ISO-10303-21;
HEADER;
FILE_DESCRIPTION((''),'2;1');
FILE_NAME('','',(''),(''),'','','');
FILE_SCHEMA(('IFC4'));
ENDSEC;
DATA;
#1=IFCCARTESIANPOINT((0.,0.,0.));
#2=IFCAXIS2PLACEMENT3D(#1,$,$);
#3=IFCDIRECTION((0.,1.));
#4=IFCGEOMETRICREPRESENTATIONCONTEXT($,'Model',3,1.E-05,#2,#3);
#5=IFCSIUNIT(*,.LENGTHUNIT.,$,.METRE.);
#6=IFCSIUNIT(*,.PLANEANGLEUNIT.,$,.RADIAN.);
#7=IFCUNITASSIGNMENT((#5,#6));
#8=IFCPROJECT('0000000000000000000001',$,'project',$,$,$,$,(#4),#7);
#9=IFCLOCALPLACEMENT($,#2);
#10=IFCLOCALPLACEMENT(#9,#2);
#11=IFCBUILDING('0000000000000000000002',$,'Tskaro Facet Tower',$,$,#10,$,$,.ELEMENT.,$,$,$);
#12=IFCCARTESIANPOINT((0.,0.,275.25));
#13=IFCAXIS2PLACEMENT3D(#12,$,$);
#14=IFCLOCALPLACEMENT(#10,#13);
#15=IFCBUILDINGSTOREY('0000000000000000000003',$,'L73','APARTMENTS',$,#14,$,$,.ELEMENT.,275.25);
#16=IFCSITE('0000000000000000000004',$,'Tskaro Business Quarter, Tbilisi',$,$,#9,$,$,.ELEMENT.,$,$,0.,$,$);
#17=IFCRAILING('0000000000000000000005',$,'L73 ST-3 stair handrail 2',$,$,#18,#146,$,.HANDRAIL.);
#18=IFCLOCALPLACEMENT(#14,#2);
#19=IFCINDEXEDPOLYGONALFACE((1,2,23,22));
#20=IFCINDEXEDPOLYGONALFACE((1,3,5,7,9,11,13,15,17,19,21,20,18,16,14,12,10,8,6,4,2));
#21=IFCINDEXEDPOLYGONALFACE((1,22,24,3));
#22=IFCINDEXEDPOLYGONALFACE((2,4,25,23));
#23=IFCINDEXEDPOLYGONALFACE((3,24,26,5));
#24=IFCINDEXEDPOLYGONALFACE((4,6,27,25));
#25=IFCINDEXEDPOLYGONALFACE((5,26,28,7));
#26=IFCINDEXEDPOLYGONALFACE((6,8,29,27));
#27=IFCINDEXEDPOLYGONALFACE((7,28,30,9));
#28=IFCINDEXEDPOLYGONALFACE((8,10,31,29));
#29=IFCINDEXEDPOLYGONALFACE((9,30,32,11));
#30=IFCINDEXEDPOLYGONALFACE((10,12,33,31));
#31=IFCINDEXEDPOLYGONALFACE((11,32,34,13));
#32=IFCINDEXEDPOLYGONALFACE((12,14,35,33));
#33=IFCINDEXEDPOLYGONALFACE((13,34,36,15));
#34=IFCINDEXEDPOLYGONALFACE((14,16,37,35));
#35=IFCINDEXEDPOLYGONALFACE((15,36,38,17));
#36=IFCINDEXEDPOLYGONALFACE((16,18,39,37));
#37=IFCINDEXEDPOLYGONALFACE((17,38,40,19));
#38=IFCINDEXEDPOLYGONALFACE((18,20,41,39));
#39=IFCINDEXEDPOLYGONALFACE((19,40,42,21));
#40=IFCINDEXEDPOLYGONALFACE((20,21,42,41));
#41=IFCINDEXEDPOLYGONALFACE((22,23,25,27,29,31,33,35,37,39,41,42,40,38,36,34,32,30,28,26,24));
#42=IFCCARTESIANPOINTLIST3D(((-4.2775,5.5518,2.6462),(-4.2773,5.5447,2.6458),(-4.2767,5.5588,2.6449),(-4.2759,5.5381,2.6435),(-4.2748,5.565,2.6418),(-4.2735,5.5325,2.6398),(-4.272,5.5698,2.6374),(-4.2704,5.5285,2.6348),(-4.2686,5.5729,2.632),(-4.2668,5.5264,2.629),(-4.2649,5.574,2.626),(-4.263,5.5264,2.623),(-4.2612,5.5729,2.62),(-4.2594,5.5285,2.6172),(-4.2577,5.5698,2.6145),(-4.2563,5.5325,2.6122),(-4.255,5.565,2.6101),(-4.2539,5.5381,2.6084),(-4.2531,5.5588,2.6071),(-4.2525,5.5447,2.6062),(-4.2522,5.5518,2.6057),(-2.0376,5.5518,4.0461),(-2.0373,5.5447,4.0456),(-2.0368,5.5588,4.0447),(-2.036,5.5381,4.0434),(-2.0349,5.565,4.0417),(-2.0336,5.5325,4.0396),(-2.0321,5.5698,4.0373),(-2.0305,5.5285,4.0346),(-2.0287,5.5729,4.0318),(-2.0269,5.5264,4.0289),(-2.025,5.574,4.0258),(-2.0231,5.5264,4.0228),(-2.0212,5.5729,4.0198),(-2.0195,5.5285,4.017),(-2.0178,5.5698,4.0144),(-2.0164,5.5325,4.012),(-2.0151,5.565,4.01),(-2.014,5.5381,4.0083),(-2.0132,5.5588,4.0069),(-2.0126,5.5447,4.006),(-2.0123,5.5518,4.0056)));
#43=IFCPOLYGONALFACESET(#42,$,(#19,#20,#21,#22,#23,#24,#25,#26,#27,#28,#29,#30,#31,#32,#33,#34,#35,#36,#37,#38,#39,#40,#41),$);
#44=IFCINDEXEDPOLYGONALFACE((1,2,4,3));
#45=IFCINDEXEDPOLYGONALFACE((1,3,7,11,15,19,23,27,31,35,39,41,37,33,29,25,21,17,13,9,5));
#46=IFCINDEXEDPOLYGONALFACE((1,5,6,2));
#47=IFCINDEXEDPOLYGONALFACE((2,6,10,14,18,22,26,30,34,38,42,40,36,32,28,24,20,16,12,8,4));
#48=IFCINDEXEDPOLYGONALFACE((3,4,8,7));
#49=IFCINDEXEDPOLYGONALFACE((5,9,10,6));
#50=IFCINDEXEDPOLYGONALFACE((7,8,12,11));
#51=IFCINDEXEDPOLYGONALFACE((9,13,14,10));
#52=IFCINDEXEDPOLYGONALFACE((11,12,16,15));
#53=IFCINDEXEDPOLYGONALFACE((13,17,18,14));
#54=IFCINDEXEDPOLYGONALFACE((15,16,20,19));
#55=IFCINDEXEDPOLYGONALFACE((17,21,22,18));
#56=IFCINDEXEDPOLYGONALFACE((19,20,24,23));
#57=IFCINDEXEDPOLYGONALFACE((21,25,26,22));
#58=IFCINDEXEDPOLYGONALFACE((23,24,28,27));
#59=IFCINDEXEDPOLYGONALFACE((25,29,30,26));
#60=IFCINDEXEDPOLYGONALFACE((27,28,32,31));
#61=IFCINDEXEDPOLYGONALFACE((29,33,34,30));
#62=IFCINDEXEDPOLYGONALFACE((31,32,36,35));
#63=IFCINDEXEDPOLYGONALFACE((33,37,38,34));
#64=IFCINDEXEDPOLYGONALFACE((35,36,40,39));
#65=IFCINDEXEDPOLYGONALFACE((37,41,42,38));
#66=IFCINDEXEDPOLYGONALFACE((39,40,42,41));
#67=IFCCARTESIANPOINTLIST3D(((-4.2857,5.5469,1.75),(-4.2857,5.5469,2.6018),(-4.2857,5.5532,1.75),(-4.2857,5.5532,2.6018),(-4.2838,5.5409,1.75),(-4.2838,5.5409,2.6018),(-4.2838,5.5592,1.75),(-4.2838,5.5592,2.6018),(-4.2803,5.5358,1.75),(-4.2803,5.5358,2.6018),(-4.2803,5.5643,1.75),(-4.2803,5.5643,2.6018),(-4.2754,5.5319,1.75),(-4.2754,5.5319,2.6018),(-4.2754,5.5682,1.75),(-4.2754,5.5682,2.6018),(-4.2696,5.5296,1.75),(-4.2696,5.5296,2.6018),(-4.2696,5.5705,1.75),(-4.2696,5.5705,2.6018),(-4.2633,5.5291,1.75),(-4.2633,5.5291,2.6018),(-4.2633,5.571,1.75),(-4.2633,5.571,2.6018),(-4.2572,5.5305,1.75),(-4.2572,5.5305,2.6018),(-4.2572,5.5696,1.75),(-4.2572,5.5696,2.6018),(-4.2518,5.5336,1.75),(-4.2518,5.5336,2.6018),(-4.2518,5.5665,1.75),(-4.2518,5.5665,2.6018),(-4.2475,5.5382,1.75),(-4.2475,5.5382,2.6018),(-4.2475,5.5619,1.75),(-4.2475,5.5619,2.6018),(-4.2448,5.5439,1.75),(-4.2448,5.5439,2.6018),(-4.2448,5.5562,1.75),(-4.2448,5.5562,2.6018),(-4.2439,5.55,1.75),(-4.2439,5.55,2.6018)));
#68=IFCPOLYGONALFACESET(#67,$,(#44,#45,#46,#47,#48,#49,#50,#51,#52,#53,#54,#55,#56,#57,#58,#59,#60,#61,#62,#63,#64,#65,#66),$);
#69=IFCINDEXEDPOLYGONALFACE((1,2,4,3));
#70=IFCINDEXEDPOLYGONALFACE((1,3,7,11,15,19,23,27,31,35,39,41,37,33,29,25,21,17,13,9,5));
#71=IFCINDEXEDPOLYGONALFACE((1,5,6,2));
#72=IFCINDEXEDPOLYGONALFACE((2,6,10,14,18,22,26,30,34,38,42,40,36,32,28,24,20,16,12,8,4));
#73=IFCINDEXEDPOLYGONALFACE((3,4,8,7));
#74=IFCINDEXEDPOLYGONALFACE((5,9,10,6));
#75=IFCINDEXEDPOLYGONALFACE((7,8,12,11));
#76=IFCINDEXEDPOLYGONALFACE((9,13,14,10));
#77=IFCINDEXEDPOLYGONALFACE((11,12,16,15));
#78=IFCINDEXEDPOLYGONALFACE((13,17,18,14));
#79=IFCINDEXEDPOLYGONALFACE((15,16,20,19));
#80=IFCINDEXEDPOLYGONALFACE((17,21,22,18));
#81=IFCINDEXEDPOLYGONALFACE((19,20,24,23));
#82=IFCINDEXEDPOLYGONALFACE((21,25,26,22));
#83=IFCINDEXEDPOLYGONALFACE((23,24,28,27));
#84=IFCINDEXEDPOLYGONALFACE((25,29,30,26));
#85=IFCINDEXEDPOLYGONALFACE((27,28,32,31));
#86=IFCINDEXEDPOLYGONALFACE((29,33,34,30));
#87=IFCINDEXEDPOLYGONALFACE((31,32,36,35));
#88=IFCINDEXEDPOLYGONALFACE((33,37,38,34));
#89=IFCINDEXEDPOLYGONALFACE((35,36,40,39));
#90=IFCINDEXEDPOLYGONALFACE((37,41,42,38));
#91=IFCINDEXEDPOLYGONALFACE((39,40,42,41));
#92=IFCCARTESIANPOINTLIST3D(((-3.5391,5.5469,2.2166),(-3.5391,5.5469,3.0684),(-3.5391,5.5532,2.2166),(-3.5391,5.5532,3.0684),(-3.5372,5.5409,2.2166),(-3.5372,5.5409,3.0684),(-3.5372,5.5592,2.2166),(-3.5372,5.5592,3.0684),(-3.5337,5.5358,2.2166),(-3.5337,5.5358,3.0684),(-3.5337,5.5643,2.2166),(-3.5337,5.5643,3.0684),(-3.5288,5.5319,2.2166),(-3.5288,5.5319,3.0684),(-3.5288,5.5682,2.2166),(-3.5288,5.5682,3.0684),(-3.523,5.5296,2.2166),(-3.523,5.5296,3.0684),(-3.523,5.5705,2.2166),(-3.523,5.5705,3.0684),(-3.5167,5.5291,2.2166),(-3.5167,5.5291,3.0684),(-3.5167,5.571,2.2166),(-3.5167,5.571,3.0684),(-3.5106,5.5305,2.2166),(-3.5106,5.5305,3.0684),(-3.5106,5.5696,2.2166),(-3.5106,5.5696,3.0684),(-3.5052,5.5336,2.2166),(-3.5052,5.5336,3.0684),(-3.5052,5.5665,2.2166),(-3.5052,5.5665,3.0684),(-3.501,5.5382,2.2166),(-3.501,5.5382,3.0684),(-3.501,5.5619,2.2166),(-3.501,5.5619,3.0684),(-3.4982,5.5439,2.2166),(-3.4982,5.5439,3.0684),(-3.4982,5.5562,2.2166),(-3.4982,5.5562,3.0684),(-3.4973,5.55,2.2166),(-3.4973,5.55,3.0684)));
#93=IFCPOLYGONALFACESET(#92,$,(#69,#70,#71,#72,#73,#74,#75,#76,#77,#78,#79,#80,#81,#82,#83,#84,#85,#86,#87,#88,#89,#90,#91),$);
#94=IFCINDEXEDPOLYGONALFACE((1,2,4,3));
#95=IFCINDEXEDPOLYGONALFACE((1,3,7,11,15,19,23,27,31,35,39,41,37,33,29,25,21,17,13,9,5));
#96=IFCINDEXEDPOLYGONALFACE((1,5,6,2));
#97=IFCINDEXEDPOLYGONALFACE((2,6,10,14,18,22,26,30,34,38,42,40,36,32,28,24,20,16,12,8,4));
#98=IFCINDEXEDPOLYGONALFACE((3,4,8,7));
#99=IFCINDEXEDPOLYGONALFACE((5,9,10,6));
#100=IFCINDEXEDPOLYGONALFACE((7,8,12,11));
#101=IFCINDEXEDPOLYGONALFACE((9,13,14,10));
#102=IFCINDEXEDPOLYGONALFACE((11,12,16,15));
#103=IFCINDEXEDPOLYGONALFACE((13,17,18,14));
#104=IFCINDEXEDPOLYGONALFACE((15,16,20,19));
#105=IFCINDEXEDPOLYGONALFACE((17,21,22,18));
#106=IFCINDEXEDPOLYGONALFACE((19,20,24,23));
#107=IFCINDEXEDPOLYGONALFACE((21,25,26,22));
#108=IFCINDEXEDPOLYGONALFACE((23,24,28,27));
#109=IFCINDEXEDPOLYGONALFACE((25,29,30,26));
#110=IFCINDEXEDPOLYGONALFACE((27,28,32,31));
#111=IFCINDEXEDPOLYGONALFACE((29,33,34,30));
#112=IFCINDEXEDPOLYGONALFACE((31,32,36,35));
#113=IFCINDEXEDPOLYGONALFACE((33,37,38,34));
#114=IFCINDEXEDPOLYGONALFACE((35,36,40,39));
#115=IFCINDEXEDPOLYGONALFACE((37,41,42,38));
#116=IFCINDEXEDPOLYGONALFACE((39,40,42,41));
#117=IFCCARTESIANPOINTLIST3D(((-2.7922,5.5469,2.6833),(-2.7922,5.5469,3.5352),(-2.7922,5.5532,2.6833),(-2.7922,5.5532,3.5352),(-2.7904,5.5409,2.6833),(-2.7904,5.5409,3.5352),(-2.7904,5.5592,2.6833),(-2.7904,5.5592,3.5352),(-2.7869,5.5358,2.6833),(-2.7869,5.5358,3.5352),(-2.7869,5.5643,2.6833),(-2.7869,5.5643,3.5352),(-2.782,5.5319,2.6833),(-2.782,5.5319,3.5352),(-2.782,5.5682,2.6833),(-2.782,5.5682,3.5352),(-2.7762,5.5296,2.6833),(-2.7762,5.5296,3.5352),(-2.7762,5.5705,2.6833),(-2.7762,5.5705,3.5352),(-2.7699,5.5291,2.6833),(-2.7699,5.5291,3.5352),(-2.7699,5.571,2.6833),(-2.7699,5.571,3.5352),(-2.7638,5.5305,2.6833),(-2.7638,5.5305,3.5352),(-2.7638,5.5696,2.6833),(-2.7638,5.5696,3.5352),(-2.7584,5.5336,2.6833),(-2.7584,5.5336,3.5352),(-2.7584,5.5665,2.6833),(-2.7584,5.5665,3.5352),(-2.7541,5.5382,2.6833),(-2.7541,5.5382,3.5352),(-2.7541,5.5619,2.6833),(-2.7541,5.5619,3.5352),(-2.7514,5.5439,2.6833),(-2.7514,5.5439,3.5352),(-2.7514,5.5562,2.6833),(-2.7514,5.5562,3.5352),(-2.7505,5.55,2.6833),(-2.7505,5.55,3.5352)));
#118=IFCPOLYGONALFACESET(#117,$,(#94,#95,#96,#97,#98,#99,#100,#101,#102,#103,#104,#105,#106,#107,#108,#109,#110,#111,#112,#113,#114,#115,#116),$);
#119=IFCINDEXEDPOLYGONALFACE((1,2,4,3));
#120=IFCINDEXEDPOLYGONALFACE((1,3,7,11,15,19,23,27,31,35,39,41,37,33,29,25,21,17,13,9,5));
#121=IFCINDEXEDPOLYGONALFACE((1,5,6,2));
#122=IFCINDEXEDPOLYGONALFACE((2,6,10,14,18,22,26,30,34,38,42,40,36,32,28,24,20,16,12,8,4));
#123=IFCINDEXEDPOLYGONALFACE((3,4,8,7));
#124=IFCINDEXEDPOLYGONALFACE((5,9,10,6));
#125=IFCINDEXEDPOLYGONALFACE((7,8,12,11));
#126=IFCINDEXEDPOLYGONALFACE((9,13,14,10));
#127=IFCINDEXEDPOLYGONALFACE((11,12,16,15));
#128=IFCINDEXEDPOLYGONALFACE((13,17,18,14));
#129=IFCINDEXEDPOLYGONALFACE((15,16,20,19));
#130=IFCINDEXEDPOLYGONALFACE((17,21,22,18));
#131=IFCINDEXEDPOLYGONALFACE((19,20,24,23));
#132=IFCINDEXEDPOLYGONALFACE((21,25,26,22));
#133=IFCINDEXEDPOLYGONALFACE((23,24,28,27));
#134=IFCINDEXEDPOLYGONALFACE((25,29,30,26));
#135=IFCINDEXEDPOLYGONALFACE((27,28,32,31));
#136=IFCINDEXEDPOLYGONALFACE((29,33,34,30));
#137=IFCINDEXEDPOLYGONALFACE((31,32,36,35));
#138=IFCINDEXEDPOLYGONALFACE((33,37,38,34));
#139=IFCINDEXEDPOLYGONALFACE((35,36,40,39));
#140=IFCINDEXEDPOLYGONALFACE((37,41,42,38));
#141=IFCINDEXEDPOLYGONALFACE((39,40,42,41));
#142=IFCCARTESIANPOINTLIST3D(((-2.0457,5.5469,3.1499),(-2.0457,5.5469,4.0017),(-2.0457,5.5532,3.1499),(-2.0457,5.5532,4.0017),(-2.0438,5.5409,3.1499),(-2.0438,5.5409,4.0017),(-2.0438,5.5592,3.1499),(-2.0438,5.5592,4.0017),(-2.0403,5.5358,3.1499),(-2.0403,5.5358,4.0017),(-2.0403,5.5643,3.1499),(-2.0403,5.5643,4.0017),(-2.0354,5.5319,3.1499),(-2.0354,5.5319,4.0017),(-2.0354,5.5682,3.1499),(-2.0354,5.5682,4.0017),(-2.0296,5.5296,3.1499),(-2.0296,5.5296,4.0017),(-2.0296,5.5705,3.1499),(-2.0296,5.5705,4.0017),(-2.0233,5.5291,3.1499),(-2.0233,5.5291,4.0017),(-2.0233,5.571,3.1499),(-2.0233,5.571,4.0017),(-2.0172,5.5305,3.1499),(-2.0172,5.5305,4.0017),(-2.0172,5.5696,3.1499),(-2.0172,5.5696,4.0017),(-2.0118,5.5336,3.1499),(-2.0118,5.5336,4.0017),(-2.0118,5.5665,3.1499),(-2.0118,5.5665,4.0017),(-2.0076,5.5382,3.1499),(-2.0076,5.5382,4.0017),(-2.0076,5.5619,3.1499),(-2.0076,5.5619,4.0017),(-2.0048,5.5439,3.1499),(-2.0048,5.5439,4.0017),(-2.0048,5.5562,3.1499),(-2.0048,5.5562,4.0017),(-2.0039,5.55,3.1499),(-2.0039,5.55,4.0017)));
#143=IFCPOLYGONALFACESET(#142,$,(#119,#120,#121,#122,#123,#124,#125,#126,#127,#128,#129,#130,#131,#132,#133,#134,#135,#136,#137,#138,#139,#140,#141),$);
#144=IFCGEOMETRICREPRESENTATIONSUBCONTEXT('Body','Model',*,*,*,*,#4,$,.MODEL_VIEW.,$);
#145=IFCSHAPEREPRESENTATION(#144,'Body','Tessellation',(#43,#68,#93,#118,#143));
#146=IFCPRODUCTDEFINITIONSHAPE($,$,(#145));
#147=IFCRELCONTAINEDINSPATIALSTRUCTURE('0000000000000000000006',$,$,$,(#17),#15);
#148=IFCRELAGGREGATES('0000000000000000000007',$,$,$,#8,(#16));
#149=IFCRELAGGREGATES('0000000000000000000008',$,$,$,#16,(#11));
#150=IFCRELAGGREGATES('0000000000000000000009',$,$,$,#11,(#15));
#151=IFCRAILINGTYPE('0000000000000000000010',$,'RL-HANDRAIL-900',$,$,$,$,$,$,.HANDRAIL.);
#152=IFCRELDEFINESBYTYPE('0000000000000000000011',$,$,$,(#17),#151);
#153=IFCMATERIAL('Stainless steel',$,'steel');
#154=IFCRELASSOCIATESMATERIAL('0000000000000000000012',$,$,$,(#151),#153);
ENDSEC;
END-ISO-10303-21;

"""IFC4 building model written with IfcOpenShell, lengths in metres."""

from ifc_helpers import new_model, si_unit, direction, frame, origin, origin_2d, place, context, subcontext, project, spatial, circle, extrude, material, type_object, element, save


model = new_model("IFC4")

# Units and contexts
model_context = context("Model", 3, precision=1e-05, world=origin(), true_north=direction((0.0, 1.0)))
body_context = subcontext(model_context, "Body", "Model", "MODEL_VIEW")
ifc_project = project(units=[si_unit("LENGTHUNIT", "METRE"), si_unit("PLANEANGLEUNIT", "RADIAN")], contexts=[model_context])

# Site, building, storey
site_placement = place(None, origin())
site = spatial("IfcSite", under=ifc_project, at=site_placement, Name="Tskaro Business Quarter, Tbilisi", CompositionType="ELEMENT", RefElevation=0.0)
building_placement = place(site_placement, origin())
building = spatial("IfcBuilding", under=site, at=building_placement, Name="Tskaro Facet Tower", CompositionType="ELEMENT")
storey_placement = place(building_placement, frame((0.0, 0.0, 275.25)))
storey = spatial("IfcBuildingStorey", under=building, at=storey_placement, Name="L73", Description="APARTMENTS", CompositionType="ELEMENT", Elevation=275.25)

# Railing
ifc_material_1 = material(Name="Stainless steel", Category="steel")
railing_type = type_object("IfcRailingType", Name="RL-HANDRAIL-900", PredefinedType="HANDRAIL", material=ifc_material_1)
railing_placement = place(storey_placement, frame((-4.2649, 5.55, 1.75)))
element("IfcRailing", 1, at=railing_placement, inside=storey, type_object=railing_type, Name="L73 ST-3 stair handrail 2", PredefinedType="HANDRAIL", context=body_context, shape_type="SweptSolid", body=[
    extrude(circle(Radius=0.0239, at=origin_2d()), frame((0.0, 0.0, 0.876), z_axis=(0.848014, 0.0, 0.529974), x_axis=(0.0, 1.0, 0.0)), (0.0, 0.0, 1.0), 2.6414),
    extrude(circle(Radius=0.021, at=origin_2d()), origin(), (0.0, 0.0, 1.0), 0.8518),
    extrude(circle(Radius=0.021, at=origin_2d()), frame((0.7466, 0.0, 0.4666)), (0.0, 0.0, 1.0), 0.8518),
    extrude(circle(Radius=0.021, at=origin_2d()), frame((1.4934, 0.0, 0.9333)), (0.0, 0.0, 1.0), 0.8518),
    extrude(circle(Radius=0.021, at=origin_2d()), frame((2.24, 0.0, 1.3999)), (0.0, 0.0, 1.0), 0.8518),
])

save(model, "model.ifc")
